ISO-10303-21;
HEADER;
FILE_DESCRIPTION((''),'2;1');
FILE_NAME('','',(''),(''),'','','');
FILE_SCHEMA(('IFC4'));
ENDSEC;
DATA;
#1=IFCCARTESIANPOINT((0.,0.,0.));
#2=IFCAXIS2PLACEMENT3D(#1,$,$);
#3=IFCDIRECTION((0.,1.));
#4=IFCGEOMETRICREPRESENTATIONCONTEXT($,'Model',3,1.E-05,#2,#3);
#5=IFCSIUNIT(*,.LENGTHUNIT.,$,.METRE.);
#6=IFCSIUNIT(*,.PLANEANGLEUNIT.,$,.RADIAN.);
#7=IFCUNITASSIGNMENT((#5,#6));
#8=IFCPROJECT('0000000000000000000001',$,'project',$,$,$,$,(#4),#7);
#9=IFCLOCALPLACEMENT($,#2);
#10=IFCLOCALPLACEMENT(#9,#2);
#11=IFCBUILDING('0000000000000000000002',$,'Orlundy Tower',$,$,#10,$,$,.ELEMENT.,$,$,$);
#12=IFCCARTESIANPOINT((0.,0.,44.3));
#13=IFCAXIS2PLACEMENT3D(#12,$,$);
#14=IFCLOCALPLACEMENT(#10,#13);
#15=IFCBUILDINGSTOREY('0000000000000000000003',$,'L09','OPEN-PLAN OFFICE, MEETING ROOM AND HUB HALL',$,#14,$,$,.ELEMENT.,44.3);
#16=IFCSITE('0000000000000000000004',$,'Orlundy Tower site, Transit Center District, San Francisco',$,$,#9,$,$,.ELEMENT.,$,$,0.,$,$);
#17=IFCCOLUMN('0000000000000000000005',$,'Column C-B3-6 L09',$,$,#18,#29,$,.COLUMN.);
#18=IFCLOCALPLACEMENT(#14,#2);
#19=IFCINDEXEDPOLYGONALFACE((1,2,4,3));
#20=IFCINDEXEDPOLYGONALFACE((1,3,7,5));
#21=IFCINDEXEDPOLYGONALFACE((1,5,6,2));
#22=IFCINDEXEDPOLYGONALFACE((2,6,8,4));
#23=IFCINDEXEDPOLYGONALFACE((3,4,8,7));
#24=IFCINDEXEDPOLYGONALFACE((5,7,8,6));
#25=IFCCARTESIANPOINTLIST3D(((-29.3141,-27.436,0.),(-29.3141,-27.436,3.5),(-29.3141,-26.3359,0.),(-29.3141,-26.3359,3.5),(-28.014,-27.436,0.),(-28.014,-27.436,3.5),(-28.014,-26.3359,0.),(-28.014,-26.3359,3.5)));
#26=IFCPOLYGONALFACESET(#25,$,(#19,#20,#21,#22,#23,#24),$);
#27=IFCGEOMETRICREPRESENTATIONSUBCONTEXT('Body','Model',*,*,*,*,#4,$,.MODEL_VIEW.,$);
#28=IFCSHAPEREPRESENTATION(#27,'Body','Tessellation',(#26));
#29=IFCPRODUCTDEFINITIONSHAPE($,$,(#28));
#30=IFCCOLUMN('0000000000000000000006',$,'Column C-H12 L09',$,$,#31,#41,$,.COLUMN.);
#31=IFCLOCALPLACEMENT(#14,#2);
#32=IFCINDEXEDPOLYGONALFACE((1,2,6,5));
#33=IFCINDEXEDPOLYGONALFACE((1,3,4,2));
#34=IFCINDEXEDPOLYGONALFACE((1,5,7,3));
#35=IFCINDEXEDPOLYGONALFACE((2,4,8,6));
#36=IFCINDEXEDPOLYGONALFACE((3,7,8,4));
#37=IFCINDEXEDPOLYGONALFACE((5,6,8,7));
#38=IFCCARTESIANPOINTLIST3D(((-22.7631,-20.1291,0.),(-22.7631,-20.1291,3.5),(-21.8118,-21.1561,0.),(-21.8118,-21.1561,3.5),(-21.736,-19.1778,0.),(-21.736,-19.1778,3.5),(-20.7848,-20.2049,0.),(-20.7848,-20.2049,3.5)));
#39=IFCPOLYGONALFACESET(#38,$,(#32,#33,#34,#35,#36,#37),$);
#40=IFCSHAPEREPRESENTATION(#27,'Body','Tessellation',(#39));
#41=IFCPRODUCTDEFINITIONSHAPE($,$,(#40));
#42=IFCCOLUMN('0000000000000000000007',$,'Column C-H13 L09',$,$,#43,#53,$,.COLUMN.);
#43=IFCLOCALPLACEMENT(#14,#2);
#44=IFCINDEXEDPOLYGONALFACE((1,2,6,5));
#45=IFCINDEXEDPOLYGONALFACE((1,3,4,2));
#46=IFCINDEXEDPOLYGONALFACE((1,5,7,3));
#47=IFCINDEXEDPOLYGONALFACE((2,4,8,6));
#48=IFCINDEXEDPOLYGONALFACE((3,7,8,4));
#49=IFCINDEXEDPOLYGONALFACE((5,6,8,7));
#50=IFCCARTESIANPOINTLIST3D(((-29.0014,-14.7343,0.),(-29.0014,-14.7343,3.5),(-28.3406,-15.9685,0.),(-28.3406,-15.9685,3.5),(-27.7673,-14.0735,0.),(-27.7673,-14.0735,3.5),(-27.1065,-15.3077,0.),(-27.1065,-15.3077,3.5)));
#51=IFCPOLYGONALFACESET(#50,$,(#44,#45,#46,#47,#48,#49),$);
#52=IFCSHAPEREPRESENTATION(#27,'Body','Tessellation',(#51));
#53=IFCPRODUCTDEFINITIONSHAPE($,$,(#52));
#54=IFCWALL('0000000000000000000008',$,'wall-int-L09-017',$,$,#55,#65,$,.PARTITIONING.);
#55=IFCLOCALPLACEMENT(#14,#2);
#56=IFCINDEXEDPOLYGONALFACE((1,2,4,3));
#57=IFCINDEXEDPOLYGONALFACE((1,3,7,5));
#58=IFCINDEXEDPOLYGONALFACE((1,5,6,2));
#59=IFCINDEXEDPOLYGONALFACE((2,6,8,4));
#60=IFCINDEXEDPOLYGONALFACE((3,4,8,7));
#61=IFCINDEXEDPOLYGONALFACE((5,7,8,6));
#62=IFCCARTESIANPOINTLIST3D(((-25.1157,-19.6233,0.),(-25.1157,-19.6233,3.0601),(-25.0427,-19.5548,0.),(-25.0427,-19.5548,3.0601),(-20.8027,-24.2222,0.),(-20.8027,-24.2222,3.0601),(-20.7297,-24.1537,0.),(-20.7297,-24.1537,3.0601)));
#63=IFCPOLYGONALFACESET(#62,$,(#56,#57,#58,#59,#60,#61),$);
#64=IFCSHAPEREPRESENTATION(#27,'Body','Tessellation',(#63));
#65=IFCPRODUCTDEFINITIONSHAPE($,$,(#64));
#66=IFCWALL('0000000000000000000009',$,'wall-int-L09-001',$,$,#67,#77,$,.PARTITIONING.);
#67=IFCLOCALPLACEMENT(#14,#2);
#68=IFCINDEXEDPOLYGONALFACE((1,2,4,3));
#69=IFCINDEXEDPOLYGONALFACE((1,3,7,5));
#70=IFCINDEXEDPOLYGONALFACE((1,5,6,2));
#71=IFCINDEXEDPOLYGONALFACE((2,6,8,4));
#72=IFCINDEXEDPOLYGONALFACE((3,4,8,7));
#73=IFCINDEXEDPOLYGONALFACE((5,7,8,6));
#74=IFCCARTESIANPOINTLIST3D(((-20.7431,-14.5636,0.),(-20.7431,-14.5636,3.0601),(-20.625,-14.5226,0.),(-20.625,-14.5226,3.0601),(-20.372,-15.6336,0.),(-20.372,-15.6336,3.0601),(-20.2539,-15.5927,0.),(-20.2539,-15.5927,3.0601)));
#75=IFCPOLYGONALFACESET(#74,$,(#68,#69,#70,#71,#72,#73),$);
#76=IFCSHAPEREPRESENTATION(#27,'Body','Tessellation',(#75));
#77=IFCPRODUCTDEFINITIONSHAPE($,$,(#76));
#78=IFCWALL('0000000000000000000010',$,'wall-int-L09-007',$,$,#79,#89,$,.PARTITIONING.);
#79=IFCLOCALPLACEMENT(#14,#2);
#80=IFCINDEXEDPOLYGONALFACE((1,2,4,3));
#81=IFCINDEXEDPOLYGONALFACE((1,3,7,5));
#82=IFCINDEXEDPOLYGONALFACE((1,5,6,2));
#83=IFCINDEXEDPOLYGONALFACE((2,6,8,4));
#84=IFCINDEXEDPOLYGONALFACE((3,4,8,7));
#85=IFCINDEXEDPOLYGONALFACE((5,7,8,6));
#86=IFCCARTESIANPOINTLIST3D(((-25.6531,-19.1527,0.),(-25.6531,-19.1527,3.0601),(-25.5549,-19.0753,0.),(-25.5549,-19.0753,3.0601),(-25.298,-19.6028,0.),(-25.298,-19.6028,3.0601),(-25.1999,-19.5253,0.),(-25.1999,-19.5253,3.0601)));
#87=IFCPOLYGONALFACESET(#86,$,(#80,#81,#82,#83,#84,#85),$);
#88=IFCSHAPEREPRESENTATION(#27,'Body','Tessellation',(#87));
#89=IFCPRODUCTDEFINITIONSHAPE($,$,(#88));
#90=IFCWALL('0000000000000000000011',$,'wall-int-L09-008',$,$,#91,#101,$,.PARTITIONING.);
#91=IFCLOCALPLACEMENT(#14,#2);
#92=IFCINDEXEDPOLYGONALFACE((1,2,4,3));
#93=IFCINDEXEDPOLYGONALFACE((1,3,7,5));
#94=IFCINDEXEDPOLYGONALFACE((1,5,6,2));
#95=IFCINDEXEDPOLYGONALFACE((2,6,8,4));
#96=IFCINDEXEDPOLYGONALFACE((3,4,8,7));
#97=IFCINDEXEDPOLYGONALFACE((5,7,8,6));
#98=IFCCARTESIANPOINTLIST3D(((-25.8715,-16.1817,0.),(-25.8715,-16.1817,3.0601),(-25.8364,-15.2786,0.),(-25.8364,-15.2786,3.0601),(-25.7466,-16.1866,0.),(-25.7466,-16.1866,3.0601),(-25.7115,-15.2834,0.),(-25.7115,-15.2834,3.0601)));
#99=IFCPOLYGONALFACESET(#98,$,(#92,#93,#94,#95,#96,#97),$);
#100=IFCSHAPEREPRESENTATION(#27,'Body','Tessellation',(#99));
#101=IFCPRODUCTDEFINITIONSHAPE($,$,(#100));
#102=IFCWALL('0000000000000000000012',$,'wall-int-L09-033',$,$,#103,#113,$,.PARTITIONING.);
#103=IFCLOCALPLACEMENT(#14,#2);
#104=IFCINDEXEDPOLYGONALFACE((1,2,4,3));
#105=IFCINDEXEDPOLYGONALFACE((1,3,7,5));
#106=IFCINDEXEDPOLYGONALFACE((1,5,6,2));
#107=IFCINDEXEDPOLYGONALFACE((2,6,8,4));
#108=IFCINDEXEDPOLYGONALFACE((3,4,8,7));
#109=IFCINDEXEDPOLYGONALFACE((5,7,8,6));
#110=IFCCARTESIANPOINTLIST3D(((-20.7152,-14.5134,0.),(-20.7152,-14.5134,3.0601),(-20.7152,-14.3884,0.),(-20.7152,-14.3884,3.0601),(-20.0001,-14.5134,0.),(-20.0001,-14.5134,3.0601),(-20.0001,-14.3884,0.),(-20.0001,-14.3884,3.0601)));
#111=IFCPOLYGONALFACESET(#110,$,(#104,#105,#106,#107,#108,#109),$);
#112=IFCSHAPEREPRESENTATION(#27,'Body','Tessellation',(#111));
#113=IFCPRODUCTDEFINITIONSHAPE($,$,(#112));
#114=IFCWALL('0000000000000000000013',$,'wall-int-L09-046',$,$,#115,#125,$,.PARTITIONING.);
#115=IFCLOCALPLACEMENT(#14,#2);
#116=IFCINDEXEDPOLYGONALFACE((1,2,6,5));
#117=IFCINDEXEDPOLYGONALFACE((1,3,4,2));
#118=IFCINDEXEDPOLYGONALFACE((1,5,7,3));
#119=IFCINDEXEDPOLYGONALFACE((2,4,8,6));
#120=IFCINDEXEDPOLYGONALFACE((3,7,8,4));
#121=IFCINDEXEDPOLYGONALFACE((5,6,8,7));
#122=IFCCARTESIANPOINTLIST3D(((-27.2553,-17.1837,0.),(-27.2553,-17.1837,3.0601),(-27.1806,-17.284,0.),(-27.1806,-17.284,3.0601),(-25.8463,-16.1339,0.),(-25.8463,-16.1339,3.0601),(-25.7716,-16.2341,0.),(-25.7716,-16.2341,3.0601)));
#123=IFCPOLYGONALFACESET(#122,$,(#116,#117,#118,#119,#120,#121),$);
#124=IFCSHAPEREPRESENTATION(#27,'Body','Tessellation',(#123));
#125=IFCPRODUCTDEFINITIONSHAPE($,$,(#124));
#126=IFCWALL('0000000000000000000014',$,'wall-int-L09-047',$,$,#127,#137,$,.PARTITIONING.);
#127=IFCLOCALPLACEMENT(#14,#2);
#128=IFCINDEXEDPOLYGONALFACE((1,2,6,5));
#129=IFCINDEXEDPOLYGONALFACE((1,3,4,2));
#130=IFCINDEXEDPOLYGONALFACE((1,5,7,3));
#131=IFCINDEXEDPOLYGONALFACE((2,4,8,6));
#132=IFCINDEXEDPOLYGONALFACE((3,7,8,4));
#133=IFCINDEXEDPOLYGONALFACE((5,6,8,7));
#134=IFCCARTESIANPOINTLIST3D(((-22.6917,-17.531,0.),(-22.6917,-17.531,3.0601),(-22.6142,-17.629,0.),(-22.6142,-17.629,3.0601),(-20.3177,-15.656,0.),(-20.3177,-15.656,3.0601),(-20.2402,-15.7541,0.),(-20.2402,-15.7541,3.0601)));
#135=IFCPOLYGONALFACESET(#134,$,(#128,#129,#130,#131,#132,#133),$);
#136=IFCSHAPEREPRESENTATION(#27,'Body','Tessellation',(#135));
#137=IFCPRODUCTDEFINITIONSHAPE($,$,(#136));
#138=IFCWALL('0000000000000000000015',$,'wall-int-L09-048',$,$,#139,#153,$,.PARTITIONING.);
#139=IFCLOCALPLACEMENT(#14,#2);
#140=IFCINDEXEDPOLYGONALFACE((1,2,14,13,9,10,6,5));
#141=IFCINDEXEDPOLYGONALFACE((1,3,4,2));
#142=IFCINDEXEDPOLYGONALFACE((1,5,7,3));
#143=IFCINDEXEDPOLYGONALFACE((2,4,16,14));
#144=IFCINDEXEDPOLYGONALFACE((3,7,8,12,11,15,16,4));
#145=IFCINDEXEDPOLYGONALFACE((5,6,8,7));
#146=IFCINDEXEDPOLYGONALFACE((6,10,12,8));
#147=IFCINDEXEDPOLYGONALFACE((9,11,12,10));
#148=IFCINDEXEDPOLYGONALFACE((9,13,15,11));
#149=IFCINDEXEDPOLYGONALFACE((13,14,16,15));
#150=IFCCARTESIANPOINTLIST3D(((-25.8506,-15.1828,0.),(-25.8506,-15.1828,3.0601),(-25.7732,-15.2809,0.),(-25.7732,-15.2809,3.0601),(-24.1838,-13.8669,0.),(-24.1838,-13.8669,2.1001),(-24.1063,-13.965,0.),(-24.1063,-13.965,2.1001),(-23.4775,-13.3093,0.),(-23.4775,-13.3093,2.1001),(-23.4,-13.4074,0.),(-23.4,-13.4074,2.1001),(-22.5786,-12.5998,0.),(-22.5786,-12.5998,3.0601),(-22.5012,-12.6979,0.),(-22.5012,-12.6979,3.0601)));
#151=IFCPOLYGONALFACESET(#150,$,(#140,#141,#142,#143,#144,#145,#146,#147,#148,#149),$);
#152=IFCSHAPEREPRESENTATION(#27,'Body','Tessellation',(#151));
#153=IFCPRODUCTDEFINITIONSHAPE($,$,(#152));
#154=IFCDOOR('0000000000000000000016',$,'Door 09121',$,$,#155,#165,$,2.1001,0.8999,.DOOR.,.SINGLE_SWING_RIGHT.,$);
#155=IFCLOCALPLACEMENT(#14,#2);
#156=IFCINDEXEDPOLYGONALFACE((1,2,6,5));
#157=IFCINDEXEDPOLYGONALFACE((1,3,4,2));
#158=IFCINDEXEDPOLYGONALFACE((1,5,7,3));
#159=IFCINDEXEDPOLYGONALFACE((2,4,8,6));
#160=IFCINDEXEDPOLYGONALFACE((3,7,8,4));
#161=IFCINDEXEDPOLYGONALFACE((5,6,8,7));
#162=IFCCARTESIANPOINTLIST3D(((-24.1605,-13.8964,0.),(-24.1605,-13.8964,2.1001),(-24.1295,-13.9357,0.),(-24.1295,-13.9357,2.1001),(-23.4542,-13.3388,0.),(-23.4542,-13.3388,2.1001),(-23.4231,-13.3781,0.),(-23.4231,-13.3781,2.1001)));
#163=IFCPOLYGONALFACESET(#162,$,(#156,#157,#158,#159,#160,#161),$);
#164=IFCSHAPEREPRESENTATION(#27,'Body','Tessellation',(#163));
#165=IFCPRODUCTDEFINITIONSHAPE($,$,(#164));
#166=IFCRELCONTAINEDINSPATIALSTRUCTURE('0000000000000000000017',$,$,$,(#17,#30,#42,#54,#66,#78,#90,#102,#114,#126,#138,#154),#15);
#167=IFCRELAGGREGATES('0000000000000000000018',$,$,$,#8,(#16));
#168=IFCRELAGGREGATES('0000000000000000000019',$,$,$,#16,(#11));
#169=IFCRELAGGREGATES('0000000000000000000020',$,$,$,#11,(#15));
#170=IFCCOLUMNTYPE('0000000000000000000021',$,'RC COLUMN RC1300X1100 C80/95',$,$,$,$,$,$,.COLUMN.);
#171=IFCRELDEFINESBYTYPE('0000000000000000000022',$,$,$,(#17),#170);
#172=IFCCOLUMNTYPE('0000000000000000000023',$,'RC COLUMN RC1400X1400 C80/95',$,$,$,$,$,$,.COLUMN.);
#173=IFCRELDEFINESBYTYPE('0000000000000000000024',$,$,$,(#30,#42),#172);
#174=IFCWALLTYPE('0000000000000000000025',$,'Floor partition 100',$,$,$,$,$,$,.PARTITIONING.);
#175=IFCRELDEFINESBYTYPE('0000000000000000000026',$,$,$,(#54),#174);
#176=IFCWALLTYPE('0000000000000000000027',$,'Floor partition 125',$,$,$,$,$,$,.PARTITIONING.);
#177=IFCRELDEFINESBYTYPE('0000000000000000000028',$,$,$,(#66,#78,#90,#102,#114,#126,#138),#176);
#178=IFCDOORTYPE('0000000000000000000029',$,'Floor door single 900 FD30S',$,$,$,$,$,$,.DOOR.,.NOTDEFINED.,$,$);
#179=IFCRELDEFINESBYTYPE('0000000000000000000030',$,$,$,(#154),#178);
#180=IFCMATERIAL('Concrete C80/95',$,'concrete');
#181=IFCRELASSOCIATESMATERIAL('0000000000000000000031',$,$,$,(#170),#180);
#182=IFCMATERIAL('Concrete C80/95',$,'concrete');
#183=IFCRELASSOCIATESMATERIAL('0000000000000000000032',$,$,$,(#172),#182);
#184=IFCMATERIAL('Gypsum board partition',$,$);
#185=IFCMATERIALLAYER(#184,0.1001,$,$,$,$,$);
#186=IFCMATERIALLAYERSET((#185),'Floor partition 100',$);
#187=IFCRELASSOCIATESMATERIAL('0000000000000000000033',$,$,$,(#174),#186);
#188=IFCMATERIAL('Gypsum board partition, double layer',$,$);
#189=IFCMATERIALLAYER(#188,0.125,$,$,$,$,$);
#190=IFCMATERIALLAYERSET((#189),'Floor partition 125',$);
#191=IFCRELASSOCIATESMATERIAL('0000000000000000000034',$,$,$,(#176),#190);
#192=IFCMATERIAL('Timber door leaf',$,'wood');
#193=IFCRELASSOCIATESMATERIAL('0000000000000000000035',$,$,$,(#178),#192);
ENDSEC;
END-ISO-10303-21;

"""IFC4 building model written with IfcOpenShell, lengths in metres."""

from ifc_helpers import new_model, si_unit, direction, frame, frame_2d, origin, origin_2d, place, context, subcontext, project, spatial, rectangle, extrude, material, layer, layer_set, material_profile, profile_set, type_object, element, fill, save


model = new_model("IFC4")

# Units and contexts
model_context = context("Model", 3, precision=1e-05, world=origin(), true_north=direction((0.0, 1.0)))
body_context = subcontext(model_context, "Body", "Model", "MODEL_VIEW")
ifc_project = project(units=[si_unit("LENGTHUNIT", "METRE"), si_unit("PLANEANGLEUNIT", "RADIAN")], contexts=[model_context])

# Site, building, storey
site_placement = place(None, origin())
site = spatial("IfcSite", under=ifc_project, at=site_placement, Name="Orlundy Tower site, Transit Center District, San Francisco", CompositionType="ELEMENT", RefElevation=0.0)
building_placement = place(site_placement, origin())
building = spatial("IfcBuilding", under=site, at=building_placement, Name="Orlundy Tower", CompositionType="ELEMENT")
storey_placement = place(building_placement, frame((0.0, 0.0, 44.3)))
storey = spatial("IfcBuildingStorey", under=building, at=storey_placement, Name="L09", Description="OPEN-PLAN OFFICE, MEETING ROOM AND HUB HALL", CompositionType="ELEMENT", Elevation=44.3)

# Columns
ifc_material_1 = material(Name="Concrete C80/95", Category="concrete")
ifc_material_profile_1 = material_profile(ifc_material_1, rectangle(XDim=1.3, YDim=1.1001, at=origin_2d()), Name="RC1300X1100")
ifc_profile_set_1 = profile_set([ifc_material_profile_1], Name="Concrete C80/95")
column_type_1 = type_object("IfcColumnType", Name="RC COLUMN RC1300X1100 C80/95", PredefinedType="COLUMN", material=ifc_profile_set_1)
column_placement = place(storey_placement, frame((-28.6641, -26.886, 0.0), z_axis=(0.0, 0.0, 1.0), x_axis=(1.0, 0.0, 0.0)))
element("IfcColumn", 1, at=column_placement, inside=storey, type_object=column_type_1, Name="Column C-B3-6 L09", PredefinedType="COLUMN", context=body_context, shape_type="SweptSolid", body=[
    extrude(rectangle(XDim=1.3, YDim=1.1001, at=origin_2d()), origin(), (0.0, 0.0, 1.0), 3.5),
])
ifc_material_2 = material(Name="Concrete C80/95", Category="concrete")
ifc_material_profile_2 = material_profile(ifc_material_2, rectangle(XDim=1.3999, YDim=1.3999, at=origin_2d()), Name="RC1400X1400")
ifc_profile_set_2 = profile_set([ifc_material_profile_2], Name="Concrete C80/95")
column_type_2 = type_object("IfcColumnType", Name="RC COLUMN RC1400X1400 C80/95", PredefinedType="COLUMN", material=ifc_profile_set_2)
for number, where, z_axis, x_axis, name in (
    (2, (-21.7739, -20.167, 0.0), (0.0, 0.0, 1.0), (-0.733659, -0.679518, 0.0), "Column C-H12 L09"),
    (3, (-28.054, -15.021, 0.0), (0.0, 0.0, 1.0), (-0.881584, -0.472028, 0.0), "Column C-H13 L09"),
):
    element("IfcColumn", number, at=place(storey_placement, frame(where, z_axis=z_axis, x_axis=x_axis)), inside=storey, type_object=column_type_2, Name=name, PredefinedType="COLUMN", context=body_context, shape_type="SweptSolid", body=[
        extrude(rectangle(XDim=1.3999, YDim=1.3999, at=origin_2d()), origin(), (0.0, 0.0, 1.0), 3.5),
    ])

# Walls
ifc_material_3 = material(Name="Gypsum board partition")
ifc_layer_1 = layer(ifc_material_3, 0.1001)
ifc_layer_set_1 = layer_set([ifc_layer_1], Name="Floor partition 100")
wall_type_1 = type_object("IfcWallType", Name="Floor partition 100", PredefinedType="PARTITIONING", material=ifc_layer_set_1)
wall_1_placement = place(storey_placement, frame((-25.0791, -19.5891, 0.0), z_axis=(0.0, 0.0, 1.0), x_axis=(0.684071, -0.729415, 0.0)))
element("IfcWall", 4, at=wall_1_placement, inside=storey, type_object=wall_type_1, Name="wall-int-L09-017", PredefinedType="PARTITIONING", context=body_context, shape_type="SweptSolid", body=[
    extrude(rectangle(XDim=6.3049, YDim=0.1001, at=frame_2d((3.1523, 0.0))), origin(), (0.0, 0.0, 1.0), 3.0601),
])
ifc_material_4 = material(Name="Gypsum board partition, double layer")
ifc_layer_2 = layer(ifc_material_4, 0.125)
ifc_layer_set_2 = layer_set([ifc_layer_2], Name="Floor partition 125")
wall_type_2 = type_object("IfcWallType", Name="Floor partition 125", PredefinedType="PARTITIONING", material=ifc_layer_set_2)
wall_2_placement = place(storey_placement, frame((-20.6841, -14.543, 0.0), z_axis=(0.0, 0.0, 1.0), x_axis=(0.327651, -0.944799, 0.0)))
element("IfcWall", 5, at=wall_2_placement, inside=storey, type_object=wall_type_2, Name="wall-int-L09-001", PredefinedType="PARTITIONING", context=body_context, shape_type="SweptSolid", body=[
    extrude(rectangle(XDim=1.1326, YDim=0.125, at=frame_2d((0.5664, 0.0))), origin(), (0.0, 0.0, 1.0), 3.0601),
])
wall_3_placement = place(storey_placement, frame((-25.604, -19.114, 0.0), z_axis=(0.0, 0.0, 1.0), x_axis=(0.619382, -0.78509, 0.0)))
element("IfcWall", 6, at=wall_3_placement, inside=storey, type_object=wall_type_2, Name="wall-int-L09-007", PredefinedType="PARTITIONING", context=body_context, shape_type="SweptSolid", body=[
    extrude(rectangle(XDim=0.5732, YDim=0.125, at=frame_2d((0.2866, 0.0))), origin(), (0.0, 0.0, 1.0), 3.0601),
])
wall_4_placement = place(storey_placement, frame((-25.7739, -15.281, 0.0), z_axis=(0.0, 0.0, 1.0), x_axis=(-0.0389, -0.999243, 0.0)))
element("IfcWall", 7, at=wall_4_placement, inside=storey, type_object=wall_type_2, Name="wall-int-L09-008", PredefinedType="PARTITIONING", context=body_context, shape_type="SweptSolid", body=[
    extrude(rectangle(XDim=0.9038, YDim=0.125, at=frame_2d((0.4519, 0.0))), origin(), (0.0, 0.0, 1.0), 3.0601),
])
wall_5_placement = place(storey_placement, frame((-20.7151, -14.4509, 0.0), z_axis=(0.0, 0.0, 1.0), x_axis=(1.0, 0.0, 0.0)))
element("IfcWall", 8, at=wall_5_placement, inside=storey, type_object=wall_type_2, Name="wall-int-L09-033", PredefinedType="PARTITIONING", context=body_context, shape_type="SweptSolid", body=[
    extrude(rectangle(XDim=0.7151, YDim=0.125, at=frame_2d((0.3574, 0.0))), origin(), (0.0, 0.0, 1.0), 3.0601),
])
wall_6_placement = place(storey_placement, frame((-25.8091, -16.1841, 0.0), z_axis=(0.0, 0.0, 1.0), x_axis=(-0.80188, -0.597485, 0.0)))
element("IfcWall", 9, at=wall_6_placement, inside=storey, type_object=wall_type_2, Name="wall-int-L09-046", PredefinedType="PARTITIONING", context=body_context, shape_type="SweptSolid", body=[
    extrude(rectangle(XDim=1.7571, YDim=0.125, at=frame_2d((0.8784, 0.0))), origin(), (0.0, 0.0, 1.0), 3.0601),
])
wall_7_placement = place(storey_placement, frame((-22.6531, -17.5801, 0.0), z_axis=(0.0, 0.0, 1.0), x_axis=(0.784759, 0.619801, 0.0)))
element("IfcWall", 10, at=wall_7_placement, inside=storey, type_object=wall_type_2, Name="wall-int-L09-047", PredefinedType="PARTITIONING", context=body_context, shape_type="SweptSolid", body=[
    extrude(rectangle(XDim=3.0251, YDim=0.125, at=frame_2d((1.5127, 0.0))), origin(), (0.0, 0.0, 1.0), 3.0601),
])

# Wall, opening, door
wall_8_placement = place(storey_placement, frame((-25.812, -15.2319, 0.0), z_axis=(0.0, 0.0, 1.0), x_axis=(0.784898, 0.619625, 0.0)))
wall_8 = element("IfcWall", 11, at=wall_8_placement, inside=storey, type_object=wall_type_2, Name="wall-int-L09-048", PredefinedType="PARTITIONING", context=body_context, shape_type="SweptSolid", body=[
    extrude(rectangle(XDim=4.1687, YDim=0.125, at=frame_2d((2.0845, 0.0))), origin(), (0.0, 0.0, 1.0), 3.0601),
])
opening_1_placement = place(wall_8_placement, frame((2.1238, 0.0, 0.0)))
opening_1 = element("IfcOpeningElement", 12, at=opening_1_placement, cuts=wall_8, PredefinedType="OPENING", context=body_context, shape_type="SweptSolid", body=[
    extrude(rectangle(XDim=0.8999, YDim=2.1001, at=frame_2d((0.45, 1.05))), frame((0.0, 0.0725, 0.0), z_axis=(0.0, -1.0, 0.0), x_axis=(1.0, 0.0, 0.0)), (0.0, 0.0, 1.0), 0.145),
])
ifc_material_5 = material(Name="Timber door leaf", Category="wood")
door_type_1 = type_object("IfcDoorType", Name="Floor door single 900 FD30S", OperationType="NOTDEFINED", PredefinedType="DOOR", material=ifc_material_5)
door_1_placement = place(opening_1_placement, origin())
door_1 = element("IfcDoor", 13, at=door_1_placement, inside=storey, type_object=door_type_1, Name="Door 09121", OperationType="SINGLE_SWING_RIGHT", OverallHeight=2.1001, OverallWidth=0.8999, PredefinedType="DOOR", context=body_context, shape_type="SweptSolid", body=[
    extrude(rectangle(XDim=0.8999, YDim=2.1001, at=frame_2d((0.45, 1.05))), frame((0.0, 0.0249, 0.0), z_axis=(0.0, -1.0, 0.0), x_axis=(1.0, 0.0, 0.0)), (0.0, 0.0, 1.0), 0.05),
])
fill(opening_1, door_1)

save(model, "model.ifc")
